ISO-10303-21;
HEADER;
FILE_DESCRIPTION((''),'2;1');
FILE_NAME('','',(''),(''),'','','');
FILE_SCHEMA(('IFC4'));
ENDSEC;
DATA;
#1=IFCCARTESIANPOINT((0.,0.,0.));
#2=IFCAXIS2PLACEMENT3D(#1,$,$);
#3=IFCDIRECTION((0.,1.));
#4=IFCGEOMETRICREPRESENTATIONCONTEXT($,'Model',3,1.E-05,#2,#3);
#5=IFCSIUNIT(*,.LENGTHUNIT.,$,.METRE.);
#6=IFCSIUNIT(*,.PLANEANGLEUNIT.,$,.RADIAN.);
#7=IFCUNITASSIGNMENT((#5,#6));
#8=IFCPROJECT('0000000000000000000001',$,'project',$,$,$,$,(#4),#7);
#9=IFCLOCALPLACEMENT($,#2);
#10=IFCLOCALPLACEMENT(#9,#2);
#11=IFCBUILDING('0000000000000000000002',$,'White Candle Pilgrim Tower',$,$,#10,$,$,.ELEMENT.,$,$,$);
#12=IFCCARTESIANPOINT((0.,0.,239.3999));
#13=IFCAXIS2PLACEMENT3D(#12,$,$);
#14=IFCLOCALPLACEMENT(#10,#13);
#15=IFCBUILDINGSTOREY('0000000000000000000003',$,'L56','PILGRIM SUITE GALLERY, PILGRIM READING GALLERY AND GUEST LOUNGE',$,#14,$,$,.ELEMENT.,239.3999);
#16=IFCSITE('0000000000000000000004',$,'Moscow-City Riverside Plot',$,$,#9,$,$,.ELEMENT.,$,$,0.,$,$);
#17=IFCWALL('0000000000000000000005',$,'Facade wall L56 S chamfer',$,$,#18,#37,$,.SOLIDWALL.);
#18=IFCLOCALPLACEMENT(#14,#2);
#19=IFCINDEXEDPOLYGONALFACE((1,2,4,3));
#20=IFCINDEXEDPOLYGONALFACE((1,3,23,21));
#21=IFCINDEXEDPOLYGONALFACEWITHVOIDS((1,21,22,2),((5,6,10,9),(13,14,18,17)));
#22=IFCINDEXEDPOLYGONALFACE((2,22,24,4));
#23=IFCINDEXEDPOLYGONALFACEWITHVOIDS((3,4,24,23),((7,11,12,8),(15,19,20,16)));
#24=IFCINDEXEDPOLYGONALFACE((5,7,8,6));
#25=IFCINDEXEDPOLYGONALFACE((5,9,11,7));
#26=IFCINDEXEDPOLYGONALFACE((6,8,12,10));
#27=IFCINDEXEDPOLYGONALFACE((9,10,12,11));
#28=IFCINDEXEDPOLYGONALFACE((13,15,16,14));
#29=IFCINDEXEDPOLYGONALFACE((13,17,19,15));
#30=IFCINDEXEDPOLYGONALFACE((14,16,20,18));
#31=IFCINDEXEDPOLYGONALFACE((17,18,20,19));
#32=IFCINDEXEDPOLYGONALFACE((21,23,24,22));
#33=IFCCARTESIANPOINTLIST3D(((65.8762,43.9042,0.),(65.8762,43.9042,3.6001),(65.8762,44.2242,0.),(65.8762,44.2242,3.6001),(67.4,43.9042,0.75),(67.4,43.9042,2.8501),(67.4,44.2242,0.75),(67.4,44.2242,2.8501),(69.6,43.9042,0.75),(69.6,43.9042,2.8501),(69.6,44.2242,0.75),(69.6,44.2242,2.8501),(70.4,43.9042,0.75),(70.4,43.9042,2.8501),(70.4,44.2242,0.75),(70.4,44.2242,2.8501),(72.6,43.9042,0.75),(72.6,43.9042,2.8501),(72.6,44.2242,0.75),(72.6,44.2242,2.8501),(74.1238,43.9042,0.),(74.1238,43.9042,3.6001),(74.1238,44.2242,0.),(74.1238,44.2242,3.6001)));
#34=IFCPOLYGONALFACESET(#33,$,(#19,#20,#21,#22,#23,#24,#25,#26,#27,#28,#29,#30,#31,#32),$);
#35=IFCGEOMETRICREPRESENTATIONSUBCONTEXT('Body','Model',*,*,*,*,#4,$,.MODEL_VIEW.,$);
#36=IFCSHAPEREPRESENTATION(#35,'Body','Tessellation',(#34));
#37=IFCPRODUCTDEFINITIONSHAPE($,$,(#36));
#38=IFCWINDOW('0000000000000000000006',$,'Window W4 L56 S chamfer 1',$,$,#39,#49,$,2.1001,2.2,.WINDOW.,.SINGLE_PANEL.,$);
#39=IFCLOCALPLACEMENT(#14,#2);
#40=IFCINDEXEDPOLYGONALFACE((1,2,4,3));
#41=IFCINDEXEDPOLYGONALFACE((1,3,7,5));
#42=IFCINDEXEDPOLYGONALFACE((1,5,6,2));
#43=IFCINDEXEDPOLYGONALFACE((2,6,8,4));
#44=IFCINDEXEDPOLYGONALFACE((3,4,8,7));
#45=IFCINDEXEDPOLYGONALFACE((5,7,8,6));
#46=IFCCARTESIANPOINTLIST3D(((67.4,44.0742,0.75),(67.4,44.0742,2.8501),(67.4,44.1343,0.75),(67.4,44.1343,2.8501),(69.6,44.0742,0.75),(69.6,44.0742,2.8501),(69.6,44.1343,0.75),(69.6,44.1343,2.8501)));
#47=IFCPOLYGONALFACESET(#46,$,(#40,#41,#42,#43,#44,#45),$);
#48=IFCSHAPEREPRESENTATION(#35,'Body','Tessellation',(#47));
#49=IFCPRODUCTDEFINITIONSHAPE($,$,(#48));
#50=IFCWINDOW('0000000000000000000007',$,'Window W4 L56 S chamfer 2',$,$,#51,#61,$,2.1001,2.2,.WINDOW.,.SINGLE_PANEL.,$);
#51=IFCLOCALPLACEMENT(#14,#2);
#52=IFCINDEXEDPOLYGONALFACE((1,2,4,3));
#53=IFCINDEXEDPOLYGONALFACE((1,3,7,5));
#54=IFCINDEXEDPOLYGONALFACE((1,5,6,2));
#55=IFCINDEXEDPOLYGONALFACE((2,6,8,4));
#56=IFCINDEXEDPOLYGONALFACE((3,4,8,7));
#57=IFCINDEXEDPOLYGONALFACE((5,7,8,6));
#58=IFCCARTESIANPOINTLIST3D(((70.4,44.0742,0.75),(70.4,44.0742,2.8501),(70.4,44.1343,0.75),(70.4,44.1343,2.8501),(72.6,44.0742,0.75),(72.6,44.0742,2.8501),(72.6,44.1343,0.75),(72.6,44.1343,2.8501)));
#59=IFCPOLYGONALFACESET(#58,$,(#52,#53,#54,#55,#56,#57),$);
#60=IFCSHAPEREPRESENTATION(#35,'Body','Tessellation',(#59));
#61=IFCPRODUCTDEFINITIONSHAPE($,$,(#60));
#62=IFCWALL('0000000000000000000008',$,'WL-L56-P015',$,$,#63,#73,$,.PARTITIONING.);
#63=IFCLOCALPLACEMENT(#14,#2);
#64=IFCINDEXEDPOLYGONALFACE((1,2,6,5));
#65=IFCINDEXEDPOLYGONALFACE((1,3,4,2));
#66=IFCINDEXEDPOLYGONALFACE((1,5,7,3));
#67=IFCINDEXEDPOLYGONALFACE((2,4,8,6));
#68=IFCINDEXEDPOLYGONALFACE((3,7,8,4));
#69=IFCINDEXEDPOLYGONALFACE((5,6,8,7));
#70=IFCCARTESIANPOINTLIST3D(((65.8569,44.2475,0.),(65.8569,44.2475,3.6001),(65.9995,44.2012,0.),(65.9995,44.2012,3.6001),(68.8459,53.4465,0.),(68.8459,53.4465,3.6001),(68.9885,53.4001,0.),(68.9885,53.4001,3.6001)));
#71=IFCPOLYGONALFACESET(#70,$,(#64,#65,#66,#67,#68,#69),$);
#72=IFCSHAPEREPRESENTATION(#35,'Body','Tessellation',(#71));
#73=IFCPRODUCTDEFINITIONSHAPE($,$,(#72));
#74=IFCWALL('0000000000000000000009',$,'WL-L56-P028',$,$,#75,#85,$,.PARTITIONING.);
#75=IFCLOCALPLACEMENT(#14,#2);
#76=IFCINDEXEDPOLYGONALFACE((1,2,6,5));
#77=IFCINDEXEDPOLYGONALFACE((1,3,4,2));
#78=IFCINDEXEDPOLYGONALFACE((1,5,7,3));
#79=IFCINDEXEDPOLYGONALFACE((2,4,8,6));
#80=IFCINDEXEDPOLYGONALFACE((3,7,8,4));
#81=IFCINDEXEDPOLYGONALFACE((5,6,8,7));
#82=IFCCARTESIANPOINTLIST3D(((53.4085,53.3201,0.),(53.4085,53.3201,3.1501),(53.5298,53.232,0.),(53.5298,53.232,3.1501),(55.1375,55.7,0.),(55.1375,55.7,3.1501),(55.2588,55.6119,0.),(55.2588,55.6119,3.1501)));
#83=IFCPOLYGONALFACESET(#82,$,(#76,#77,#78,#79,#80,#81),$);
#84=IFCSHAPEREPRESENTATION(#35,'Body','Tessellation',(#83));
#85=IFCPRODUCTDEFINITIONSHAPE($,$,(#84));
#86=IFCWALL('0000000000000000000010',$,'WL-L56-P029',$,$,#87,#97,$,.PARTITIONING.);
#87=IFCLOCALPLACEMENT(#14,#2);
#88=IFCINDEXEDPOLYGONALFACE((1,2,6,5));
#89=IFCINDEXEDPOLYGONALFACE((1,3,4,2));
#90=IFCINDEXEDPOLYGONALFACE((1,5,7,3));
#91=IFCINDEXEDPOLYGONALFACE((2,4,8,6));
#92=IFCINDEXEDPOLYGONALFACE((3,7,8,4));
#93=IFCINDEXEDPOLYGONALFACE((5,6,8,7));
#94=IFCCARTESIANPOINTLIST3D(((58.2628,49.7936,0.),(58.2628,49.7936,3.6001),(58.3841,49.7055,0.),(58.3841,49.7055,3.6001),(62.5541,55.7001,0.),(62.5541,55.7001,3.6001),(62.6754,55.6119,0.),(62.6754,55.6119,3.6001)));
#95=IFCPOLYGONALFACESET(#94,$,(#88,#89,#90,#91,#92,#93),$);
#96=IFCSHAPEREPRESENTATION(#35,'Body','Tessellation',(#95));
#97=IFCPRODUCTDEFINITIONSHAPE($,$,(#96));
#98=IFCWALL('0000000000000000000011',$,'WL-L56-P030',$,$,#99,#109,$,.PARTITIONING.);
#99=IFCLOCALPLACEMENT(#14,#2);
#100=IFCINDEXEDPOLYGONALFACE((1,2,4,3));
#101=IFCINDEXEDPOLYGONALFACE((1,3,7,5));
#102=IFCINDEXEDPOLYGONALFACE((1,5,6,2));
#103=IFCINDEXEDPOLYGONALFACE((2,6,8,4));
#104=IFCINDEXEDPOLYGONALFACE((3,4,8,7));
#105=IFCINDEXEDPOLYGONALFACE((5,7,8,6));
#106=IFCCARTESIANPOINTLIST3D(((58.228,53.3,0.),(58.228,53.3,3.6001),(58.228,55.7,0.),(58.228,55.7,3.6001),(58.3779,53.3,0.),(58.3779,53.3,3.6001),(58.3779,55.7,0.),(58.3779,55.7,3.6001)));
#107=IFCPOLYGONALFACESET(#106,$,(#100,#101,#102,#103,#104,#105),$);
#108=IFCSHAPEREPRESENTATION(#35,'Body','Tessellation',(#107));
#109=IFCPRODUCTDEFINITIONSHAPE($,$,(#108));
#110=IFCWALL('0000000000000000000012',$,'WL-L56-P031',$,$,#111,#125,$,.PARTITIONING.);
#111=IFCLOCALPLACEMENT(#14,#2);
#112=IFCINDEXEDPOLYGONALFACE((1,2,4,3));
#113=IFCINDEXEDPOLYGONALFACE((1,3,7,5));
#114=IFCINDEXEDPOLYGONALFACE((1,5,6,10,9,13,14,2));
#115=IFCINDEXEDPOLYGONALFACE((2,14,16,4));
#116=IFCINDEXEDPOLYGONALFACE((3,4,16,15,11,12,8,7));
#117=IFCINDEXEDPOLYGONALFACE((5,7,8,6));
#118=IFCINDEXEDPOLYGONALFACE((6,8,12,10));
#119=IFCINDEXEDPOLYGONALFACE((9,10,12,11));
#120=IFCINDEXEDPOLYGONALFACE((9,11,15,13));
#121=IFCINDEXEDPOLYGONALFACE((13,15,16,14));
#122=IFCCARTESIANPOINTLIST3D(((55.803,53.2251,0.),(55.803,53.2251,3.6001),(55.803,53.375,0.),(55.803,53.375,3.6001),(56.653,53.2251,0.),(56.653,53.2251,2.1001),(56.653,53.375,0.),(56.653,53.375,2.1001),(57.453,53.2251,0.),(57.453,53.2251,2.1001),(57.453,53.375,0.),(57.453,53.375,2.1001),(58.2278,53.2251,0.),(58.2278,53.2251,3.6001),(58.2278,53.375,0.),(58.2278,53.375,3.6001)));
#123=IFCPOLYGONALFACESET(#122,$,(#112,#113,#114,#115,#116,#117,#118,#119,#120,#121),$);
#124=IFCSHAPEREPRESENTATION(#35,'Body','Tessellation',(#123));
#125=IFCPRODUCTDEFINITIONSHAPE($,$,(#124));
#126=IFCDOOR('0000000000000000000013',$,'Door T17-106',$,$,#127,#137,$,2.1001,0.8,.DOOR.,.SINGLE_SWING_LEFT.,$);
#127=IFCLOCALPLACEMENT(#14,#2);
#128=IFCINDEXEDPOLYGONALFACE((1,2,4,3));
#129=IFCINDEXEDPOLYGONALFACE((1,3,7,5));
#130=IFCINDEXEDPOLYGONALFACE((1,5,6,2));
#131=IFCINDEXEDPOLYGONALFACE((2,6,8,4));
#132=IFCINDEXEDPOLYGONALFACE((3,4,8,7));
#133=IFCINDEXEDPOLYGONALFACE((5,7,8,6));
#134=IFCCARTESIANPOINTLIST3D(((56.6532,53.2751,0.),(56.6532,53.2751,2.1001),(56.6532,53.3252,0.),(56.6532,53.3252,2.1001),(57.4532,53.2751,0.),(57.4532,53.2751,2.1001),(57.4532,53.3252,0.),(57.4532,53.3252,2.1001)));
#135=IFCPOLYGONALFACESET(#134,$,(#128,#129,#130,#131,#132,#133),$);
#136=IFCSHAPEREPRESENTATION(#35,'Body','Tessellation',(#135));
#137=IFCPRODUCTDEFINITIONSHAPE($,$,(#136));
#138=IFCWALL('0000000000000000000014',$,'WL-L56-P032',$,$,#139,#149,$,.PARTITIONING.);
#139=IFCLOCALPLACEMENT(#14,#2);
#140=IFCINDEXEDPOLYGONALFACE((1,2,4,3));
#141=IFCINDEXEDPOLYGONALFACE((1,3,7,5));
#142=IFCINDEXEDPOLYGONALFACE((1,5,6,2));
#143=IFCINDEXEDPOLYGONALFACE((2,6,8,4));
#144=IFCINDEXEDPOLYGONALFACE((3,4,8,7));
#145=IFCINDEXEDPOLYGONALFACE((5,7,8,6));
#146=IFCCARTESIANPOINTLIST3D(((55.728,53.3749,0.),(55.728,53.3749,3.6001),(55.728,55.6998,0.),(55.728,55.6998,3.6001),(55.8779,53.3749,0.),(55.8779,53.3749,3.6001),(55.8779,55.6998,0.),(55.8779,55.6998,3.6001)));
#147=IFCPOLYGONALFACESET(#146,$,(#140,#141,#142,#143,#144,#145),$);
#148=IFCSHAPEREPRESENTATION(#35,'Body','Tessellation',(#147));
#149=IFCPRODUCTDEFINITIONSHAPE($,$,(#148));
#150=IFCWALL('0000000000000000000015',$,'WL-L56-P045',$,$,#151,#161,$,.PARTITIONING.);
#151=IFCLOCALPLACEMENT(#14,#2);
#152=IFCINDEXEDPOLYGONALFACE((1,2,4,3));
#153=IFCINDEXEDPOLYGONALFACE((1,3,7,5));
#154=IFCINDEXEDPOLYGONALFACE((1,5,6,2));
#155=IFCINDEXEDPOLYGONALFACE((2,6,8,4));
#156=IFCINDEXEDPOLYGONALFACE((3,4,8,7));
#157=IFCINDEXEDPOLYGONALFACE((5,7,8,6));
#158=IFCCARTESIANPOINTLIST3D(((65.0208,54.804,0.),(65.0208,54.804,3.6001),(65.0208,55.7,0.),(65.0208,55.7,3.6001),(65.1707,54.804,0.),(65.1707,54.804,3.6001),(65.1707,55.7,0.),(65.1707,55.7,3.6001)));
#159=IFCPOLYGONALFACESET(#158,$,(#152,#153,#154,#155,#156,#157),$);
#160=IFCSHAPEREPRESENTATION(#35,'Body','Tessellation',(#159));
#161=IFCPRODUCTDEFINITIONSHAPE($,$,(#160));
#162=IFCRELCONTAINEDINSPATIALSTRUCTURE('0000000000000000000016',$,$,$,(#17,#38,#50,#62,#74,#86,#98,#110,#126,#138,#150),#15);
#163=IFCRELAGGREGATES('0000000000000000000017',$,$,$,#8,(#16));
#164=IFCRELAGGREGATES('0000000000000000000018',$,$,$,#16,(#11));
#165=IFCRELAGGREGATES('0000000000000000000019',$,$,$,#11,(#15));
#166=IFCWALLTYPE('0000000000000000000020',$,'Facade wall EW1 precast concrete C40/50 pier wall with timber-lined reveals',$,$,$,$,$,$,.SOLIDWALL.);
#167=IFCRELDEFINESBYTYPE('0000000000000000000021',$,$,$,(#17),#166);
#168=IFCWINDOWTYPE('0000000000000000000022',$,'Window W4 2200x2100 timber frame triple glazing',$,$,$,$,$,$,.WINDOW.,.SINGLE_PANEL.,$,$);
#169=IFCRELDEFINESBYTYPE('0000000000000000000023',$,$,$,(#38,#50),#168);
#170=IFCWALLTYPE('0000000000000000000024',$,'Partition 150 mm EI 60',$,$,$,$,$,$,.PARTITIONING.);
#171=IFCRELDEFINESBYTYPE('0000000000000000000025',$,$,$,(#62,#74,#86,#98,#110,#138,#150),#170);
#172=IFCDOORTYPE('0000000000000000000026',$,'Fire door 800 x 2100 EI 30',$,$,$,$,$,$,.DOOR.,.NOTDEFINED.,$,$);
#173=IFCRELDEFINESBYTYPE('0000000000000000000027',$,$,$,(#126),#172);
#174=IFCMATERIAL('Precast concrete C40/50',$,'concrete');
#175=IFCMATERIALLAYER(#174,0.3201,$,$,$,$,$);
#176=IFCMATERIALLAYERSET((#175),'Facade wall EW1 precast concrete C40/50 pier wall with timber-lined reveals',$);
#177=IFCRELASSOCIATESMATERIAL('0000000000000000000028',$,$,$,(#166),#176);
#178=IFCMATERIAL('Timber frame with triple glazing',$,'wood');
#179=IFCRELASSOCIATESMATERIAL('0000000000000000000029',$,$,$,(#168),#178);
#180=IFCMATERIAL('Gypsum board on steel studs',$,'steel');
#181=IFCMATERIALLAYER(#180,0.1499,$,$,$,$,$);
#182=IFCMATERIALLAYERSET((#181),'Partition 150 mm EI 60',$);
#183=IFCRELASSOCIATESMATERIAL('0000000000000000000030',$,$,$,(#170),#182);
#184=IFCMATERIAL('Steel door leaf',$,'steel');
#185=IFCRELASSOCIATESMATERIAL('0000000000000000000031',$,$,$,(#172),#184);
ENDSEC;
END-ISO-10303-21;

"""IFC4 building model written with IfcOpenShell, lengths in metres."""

from ifc_helpers import new_model, si_unit, direction, frame, frame_2d, origin, place, context, subcontext, project, spatial, rectangle, extrude, material, layer, layer_set, type_object, element, fill, save


model = new_model("IFC4")

# Units and contexts
model_context = context("Model", 3, precision=1e-05, world=origin(), true_north=direction((0.0, 1.0)))
body_context = subcontext(model_context, "Body", "Model", "MODEL_VIEW")
ifc_project = project(units=[si_unit("LENGTHUNIT", "METRE"), si_unit("PLANEANGLEUNIT", "RADIAN")], contexts=[model_context])

# Site, building, storey
site_placement = place(None, origin())
site = spatial("IfcSite", under=ifc_project, at=site_placement, Name="Moscow-City Riverside Plot", CompositionType="ELEMENT", RefElevation=0.0)
building_placement = place(site_placement, origin())
building = spatial("IfcBuilding", under=site, at=building_placement, Name="White Candle Pilgrim Tower", CompositionType="ELEMENT")
storey_placement = place(building_placement, frame((0.0, 0.0, 239.3999)))
storey = spatial("IfcBuildingStorey", under=building, at=storey_placement, Name="L56", Description="PILGRIM SUITE GALLERY, PILGRIM READING GALLERY AND GUEST LOUNGE", CompositionType="ELEMENT", Elevation=239.3999)

# Shared definitions
ifc_material_1 = material(Name="Gypsum board on steel studs", Category="steel")
ifc_material_2 = material(Name="Steel door leaf", Category="steel")

# Wall, openings, windows
ifc_material_3 = material(Name="Precast concrete C40/50", Category="concrete")
ifc_layer_1 = layer(ifc_material_3, 0.3201)
ifc_layer_set_1 = layer_set([ifc_layer_1], Name="Facade wall EW1 precast concrete C40/50 pier wall with timber-lined reveals")
wall_type_1 = type_object("IfcWallType", Name="Facade wall EW1 precast concrete C40/50 pier wall with timber-lined reveals", PredefinedType="SOLIDWALL", material=ifc_layer_set_1)
wall_1_placement = place(storey_placement, frame((65.8762, 44.0642, 0.0), z_axis=(0.0, 0.0, 1.0), x_axis=(1.0, 0.0, 0.0)))
wall_1 = element("IfcWall", 1, at=wall_1_placement, inside=storey, type_object=wall_type_1, Name="Facade wall L56 S chamfer", PredefinedType="SOLIDWALL", context=body_context, shape_type="SweptSolid", body=[
    extrude(rectangle(XDim=8.2476, YDim=0.3201, at=frame_2d((4.1238, 0.0))), origin(), (0.0, 0.0, 1.0), 3.6001),
])
opening_1_placement = place(wall_1_placement, frame((1.5237, 0.0, 0.75)))
opening_1 = element("IfcOpeningElement", 2, at=opening_1_placement, cuts=wall_1, PredefinedType="OPENING", context=body_context, shape_type="SweptSolid", body=[
    extrude(rectangle(XDim=2.2, YDim=2.1001, at=frame_2d((1.1001, 1.05))), frame((0.0, 0.1699, 0.0), z_axis=(0.0, -1.0, 0.0), x_axis=(1.0, 0.0, 0.0)), (0.0, 0.0, 1.0), 0.3401),
])
opening_2_placement = place(wall_1_placement, frame((4.5237, 0.0, 0.75)))
opening_2 = element("IfcOpeningElement", 3, at=opening_2_placement, cuts=wall_1, PredefinedType="OPENING", context=body_context, shape_type="SweptSolid", body=[
    extrude(rectangle(XDim=2.2, YDim=2.1001, at=frame_2d((1.1001, 1.05))), frame((0.0, 0.1699, 0.0), z_axis=(0.0, -1.0, 0.0), x_axis=(1.0, 0.0, 0.0)), (0.0, 0.0, 1.0), 0.3401),
])
ifc_material_4 = material(Name="Timber frame with triple glazing", Category="wood")
window_type = type_object("IfcWindowType", Name="Window W4 2200x2100 timber frame triple glazing", PartitioningType="SINGLE_PANEL", PredefinedType="WINDOW", material=ifc_material_4)
window_1_placement = place(opening_1_placement, origin())
window_1 = element("IfcWindow", 4, at=window_1_placement, inside=storey, type_object=window_type, Name="Window W4 L56 S chamfer 1", OverallHeight=2.1001, OverallWidth=2.2, PartitioningType="SINGLE_PANEL", PredefinedType="WINDOW", context=body_context, shape_type="SweptSolid", body=[
    extrude(rectangle(XDim=2.2, YDim=2.1001, at=frame_2d((1.1001, 1.05))), frame((0.0, 0.0701, 0.0), z_axis=(0.0, -1.0, 0.0), x_axis=(1.0, 0.0, 0.0)), (0.0, 0.0, 1.0), 0.0601),
])
fill(opening_1, window_1)
window_2_placement = place(opening_2_placement, origin())
window_2 = element("IfcWindow", 5, at=window_2_placement, inside=storey, type_object=window_type, Name="Window W4 L56 S chamfer 2", OverallHeight=2.1001, OverallWidth=2.2, PartitioningType="SINGLE_PANEL", PredefinedType="WINDOW", context=body_context, shape_type="SweptSolid", body=[
    extrude(rectangle(XDim=2.2, YDim=2.1001, at=frame_2d((1.1001, 1.05))), frame((0.0, 0.0701, 0.0), z_axis=(0.0, -1.0, 0.0), x_axis=(1.0, 0.0, 0.0)), (0.0, 0.0, 1.0), 0.0601),
])
fill(opening_2, window_2)

# Walls
ifc_layer_2 = layer(ifc_material_1, 0.1499)
ifc_layer_set_2 = layer_set([ifc_layer_2], Name="Partition 150 mm EI 60")
wall_type_2 = type_object("IfcWallType", Name="Partition 150 mm EI 60", PredefinedType="PARTITIONING", material=ifc_layer_set_2)
wall_2_placement = place(storey_placement, frame((65.9282, 44.2244, 0.0), z_axis=(0.0, 0.0, 1.0), x_axis=(0.309025, 0.951054, 0.0)))
element("IfcWall", 6, at=wall_2_placement, inside=storey, type_object=wall_type_2, Name="WL-L56-P015", PredefinedType="PARTITIONING", context=body_context, shape_type="SweptSolid", body=[
    extrude(rectangle(XDim=9.6724, YDim=0.1499, at=frame_2d((4.8362, 0.0))), origin(), (0.0, 0.0, 1.0), 3.6001),
])
wall_3_placement = place(storey_placement, frame((53.4692, 53.2761, 0.0), z_axis=(0.0, 0.0, 1.0), x_axis=(0.587767, 0.80903, 0.0)))
element("IfcWall", 7, at=wall_3_placement, inside=storey, type_object=wall_type_2, Name="WL-L56-P028", PredefinedType="PARTITIONING", context=body_context, shape_type="SweptSolid", body=[
    extrude(rectangle(XDim=2.9417, YDim=0.1499, at=frame_2d((1.4707, 0.0))), origin(), (0.0, 0.0, 1.0), 3.1501),
])
wall_4_placement = place(storey_placement, frame((58.3235, 49.7495, 0.0), z_axis=(0.0, 0.0, 1.0), x_axis=(0.58778, 0.809021, 0.0)))
element("IfcWall", 8, at=wall_4_placement, inside=storey, type_object=wall_type_2, Name="WL-L56-P029", PredefinedType="PARTITIONING", context=body_context, shape_type="SweptSolid", body=[
    extrude(rectangle(XDim=7.3008, YDim=0.1499, at=frame_2d((3.6504, 0.0))), origin(), (0.0, 0.0, 1.0), 3.6001),
])
wall_5_placement = place(storey_placement, frame((58.303, 55.7, 0.0), z_axis=(0.0, 0.0, 1.0), x_axis=(0.0, -1.0, 0.0)))
element("IfcWall", 9, at=wall_5_placement, inside=storey, type_object=wall_type_2, Name="WL-L56-P030", PredefinedType="PARTITIONING", context=body_context, shape_type="SweptSolid", body=[
    extrude(rectangle(XDim=2.3999, YDim=0.1499, at=frame_2d((1.2, 0.0))), origin(), (0.0, 0.0, 1.0), 3.6001),
])

# Wall, opening, door
wall_6_placement = place(storey_placement, frame((55.803, 53.3, 0.0), z_axis=(0.0, 0.0, 1.0), x_axis=(1.0, 0.0, 0.0)))
wall_6 = element("IfcWall", 10, at=wall_6_placement, inside=storey, type_object=wall_type_2, Name="WL-L56-P031", PredefinedType="PARTITIONING", context=body_context, shape_type="SweptSolid", body=[
    extrude(rectangle(XDim=2.4248, YDim=0.1499, at=frame_2d((1.2124, 0.0))), origin(), (0.0, 0.0, 1.0), 3.6001),
])
opening_3_placement = place(wall_6_placement, frame((0.8501, 0.0, 0.0)))
opening_3 = element("IfcOpeningElement", 11, at=opening_3_placement, cuts=wall_6, PredefinedType="OPENING", context=body_context, shape_type="SweptSolid", body=[
    extrude(rectangle(XDim=0.8, YDim=2.1001, at=frame_2d((0.3999, 1.05))), frame((0.0, 0.085, 0.0), z_axis=(0.0, -1.0, 0.0), x_axis=(1.0, 0.0, 0.0)), (0.0, 0.0, 1.0), 0.1699),
])
door_type_1 = type_object("IfcDoorType", Name="Fire door 800 x 2100 EI 30", OperationType="NOTDEFINED", PredefinedType="DOOR", material=ifc_material_2)
door_1_placement = place(opening_3_placement, frame((0.8, 0.0, 0.0), z_axis=(0.0, 0.0, 1.0), x_axis=(-1.0, 0.0, 0.0)))
door_1 = element("IfcDoor", 12, at=door_1_placement, inside=storey, type_object=door_type_1, Name="Door T17-106", OperationType="SINGLE_SWING_LEFT", OverallHeight=2.1001, OverallWidth=0.8, PredefinedType="DOOR", context=body_context, shape_type="SweptSolid", body=[
    extrude(rectangle(XDim=0.8, YDim=2.1001, at=frame_2d((0.3999, 1.05))), frame((0.0, 0.0249, 0.0), z_axis=(0.0, -1.0, 0.0), x_axis=(1.0, 0.0, 0.0)), (0.0, 0.0, 1.0), 0.05),
])
fill(opening_3, door_1)

# Walls
wall_7_placement = place(storey_placement, frame((55.803, 55.7, 0.0), z_axis=(0.0, 0.0, 1.0), x_axis=(0.0, -1.0, 0.0)))
element("IfcWall", 13, at=wall_7_placement, inside=storey, type_object=wall_type_2, Name="WL-L56-P032", PredefinedType="PARTITIONING", context=body_context, shape_type="SweptSolid", body=[
    extrude(rectangle(XDim=2.325, YDim=0.1499, at=frame_2d((1.1626, 0.0))), origin(), (0.0, 0.0, 1.0), 3.6001),
])
wall_8_placement = place(storey_placement, frame((65.0957, 54.804, 0.0), z_axis=(0.0, 0.0, 1.0), x_axis=(0.0, 1.0, 0.0)))
element("IfcWall", 14, at=wall_8_placement, inside=storey, type_object=wall_type_2, Name="WL-L56-P045", PredefinedType="PARTITIONING", context=body_context, shape_type="SweptSolid", body=[
    extrude(rectangle(XDim=0.896, YDim=0.1499, at=frame_2d((0.448, 0.0))), origin(), (0.0, 0.0, 1.0), 3.6001),
])

save(model, "model.ifc")
